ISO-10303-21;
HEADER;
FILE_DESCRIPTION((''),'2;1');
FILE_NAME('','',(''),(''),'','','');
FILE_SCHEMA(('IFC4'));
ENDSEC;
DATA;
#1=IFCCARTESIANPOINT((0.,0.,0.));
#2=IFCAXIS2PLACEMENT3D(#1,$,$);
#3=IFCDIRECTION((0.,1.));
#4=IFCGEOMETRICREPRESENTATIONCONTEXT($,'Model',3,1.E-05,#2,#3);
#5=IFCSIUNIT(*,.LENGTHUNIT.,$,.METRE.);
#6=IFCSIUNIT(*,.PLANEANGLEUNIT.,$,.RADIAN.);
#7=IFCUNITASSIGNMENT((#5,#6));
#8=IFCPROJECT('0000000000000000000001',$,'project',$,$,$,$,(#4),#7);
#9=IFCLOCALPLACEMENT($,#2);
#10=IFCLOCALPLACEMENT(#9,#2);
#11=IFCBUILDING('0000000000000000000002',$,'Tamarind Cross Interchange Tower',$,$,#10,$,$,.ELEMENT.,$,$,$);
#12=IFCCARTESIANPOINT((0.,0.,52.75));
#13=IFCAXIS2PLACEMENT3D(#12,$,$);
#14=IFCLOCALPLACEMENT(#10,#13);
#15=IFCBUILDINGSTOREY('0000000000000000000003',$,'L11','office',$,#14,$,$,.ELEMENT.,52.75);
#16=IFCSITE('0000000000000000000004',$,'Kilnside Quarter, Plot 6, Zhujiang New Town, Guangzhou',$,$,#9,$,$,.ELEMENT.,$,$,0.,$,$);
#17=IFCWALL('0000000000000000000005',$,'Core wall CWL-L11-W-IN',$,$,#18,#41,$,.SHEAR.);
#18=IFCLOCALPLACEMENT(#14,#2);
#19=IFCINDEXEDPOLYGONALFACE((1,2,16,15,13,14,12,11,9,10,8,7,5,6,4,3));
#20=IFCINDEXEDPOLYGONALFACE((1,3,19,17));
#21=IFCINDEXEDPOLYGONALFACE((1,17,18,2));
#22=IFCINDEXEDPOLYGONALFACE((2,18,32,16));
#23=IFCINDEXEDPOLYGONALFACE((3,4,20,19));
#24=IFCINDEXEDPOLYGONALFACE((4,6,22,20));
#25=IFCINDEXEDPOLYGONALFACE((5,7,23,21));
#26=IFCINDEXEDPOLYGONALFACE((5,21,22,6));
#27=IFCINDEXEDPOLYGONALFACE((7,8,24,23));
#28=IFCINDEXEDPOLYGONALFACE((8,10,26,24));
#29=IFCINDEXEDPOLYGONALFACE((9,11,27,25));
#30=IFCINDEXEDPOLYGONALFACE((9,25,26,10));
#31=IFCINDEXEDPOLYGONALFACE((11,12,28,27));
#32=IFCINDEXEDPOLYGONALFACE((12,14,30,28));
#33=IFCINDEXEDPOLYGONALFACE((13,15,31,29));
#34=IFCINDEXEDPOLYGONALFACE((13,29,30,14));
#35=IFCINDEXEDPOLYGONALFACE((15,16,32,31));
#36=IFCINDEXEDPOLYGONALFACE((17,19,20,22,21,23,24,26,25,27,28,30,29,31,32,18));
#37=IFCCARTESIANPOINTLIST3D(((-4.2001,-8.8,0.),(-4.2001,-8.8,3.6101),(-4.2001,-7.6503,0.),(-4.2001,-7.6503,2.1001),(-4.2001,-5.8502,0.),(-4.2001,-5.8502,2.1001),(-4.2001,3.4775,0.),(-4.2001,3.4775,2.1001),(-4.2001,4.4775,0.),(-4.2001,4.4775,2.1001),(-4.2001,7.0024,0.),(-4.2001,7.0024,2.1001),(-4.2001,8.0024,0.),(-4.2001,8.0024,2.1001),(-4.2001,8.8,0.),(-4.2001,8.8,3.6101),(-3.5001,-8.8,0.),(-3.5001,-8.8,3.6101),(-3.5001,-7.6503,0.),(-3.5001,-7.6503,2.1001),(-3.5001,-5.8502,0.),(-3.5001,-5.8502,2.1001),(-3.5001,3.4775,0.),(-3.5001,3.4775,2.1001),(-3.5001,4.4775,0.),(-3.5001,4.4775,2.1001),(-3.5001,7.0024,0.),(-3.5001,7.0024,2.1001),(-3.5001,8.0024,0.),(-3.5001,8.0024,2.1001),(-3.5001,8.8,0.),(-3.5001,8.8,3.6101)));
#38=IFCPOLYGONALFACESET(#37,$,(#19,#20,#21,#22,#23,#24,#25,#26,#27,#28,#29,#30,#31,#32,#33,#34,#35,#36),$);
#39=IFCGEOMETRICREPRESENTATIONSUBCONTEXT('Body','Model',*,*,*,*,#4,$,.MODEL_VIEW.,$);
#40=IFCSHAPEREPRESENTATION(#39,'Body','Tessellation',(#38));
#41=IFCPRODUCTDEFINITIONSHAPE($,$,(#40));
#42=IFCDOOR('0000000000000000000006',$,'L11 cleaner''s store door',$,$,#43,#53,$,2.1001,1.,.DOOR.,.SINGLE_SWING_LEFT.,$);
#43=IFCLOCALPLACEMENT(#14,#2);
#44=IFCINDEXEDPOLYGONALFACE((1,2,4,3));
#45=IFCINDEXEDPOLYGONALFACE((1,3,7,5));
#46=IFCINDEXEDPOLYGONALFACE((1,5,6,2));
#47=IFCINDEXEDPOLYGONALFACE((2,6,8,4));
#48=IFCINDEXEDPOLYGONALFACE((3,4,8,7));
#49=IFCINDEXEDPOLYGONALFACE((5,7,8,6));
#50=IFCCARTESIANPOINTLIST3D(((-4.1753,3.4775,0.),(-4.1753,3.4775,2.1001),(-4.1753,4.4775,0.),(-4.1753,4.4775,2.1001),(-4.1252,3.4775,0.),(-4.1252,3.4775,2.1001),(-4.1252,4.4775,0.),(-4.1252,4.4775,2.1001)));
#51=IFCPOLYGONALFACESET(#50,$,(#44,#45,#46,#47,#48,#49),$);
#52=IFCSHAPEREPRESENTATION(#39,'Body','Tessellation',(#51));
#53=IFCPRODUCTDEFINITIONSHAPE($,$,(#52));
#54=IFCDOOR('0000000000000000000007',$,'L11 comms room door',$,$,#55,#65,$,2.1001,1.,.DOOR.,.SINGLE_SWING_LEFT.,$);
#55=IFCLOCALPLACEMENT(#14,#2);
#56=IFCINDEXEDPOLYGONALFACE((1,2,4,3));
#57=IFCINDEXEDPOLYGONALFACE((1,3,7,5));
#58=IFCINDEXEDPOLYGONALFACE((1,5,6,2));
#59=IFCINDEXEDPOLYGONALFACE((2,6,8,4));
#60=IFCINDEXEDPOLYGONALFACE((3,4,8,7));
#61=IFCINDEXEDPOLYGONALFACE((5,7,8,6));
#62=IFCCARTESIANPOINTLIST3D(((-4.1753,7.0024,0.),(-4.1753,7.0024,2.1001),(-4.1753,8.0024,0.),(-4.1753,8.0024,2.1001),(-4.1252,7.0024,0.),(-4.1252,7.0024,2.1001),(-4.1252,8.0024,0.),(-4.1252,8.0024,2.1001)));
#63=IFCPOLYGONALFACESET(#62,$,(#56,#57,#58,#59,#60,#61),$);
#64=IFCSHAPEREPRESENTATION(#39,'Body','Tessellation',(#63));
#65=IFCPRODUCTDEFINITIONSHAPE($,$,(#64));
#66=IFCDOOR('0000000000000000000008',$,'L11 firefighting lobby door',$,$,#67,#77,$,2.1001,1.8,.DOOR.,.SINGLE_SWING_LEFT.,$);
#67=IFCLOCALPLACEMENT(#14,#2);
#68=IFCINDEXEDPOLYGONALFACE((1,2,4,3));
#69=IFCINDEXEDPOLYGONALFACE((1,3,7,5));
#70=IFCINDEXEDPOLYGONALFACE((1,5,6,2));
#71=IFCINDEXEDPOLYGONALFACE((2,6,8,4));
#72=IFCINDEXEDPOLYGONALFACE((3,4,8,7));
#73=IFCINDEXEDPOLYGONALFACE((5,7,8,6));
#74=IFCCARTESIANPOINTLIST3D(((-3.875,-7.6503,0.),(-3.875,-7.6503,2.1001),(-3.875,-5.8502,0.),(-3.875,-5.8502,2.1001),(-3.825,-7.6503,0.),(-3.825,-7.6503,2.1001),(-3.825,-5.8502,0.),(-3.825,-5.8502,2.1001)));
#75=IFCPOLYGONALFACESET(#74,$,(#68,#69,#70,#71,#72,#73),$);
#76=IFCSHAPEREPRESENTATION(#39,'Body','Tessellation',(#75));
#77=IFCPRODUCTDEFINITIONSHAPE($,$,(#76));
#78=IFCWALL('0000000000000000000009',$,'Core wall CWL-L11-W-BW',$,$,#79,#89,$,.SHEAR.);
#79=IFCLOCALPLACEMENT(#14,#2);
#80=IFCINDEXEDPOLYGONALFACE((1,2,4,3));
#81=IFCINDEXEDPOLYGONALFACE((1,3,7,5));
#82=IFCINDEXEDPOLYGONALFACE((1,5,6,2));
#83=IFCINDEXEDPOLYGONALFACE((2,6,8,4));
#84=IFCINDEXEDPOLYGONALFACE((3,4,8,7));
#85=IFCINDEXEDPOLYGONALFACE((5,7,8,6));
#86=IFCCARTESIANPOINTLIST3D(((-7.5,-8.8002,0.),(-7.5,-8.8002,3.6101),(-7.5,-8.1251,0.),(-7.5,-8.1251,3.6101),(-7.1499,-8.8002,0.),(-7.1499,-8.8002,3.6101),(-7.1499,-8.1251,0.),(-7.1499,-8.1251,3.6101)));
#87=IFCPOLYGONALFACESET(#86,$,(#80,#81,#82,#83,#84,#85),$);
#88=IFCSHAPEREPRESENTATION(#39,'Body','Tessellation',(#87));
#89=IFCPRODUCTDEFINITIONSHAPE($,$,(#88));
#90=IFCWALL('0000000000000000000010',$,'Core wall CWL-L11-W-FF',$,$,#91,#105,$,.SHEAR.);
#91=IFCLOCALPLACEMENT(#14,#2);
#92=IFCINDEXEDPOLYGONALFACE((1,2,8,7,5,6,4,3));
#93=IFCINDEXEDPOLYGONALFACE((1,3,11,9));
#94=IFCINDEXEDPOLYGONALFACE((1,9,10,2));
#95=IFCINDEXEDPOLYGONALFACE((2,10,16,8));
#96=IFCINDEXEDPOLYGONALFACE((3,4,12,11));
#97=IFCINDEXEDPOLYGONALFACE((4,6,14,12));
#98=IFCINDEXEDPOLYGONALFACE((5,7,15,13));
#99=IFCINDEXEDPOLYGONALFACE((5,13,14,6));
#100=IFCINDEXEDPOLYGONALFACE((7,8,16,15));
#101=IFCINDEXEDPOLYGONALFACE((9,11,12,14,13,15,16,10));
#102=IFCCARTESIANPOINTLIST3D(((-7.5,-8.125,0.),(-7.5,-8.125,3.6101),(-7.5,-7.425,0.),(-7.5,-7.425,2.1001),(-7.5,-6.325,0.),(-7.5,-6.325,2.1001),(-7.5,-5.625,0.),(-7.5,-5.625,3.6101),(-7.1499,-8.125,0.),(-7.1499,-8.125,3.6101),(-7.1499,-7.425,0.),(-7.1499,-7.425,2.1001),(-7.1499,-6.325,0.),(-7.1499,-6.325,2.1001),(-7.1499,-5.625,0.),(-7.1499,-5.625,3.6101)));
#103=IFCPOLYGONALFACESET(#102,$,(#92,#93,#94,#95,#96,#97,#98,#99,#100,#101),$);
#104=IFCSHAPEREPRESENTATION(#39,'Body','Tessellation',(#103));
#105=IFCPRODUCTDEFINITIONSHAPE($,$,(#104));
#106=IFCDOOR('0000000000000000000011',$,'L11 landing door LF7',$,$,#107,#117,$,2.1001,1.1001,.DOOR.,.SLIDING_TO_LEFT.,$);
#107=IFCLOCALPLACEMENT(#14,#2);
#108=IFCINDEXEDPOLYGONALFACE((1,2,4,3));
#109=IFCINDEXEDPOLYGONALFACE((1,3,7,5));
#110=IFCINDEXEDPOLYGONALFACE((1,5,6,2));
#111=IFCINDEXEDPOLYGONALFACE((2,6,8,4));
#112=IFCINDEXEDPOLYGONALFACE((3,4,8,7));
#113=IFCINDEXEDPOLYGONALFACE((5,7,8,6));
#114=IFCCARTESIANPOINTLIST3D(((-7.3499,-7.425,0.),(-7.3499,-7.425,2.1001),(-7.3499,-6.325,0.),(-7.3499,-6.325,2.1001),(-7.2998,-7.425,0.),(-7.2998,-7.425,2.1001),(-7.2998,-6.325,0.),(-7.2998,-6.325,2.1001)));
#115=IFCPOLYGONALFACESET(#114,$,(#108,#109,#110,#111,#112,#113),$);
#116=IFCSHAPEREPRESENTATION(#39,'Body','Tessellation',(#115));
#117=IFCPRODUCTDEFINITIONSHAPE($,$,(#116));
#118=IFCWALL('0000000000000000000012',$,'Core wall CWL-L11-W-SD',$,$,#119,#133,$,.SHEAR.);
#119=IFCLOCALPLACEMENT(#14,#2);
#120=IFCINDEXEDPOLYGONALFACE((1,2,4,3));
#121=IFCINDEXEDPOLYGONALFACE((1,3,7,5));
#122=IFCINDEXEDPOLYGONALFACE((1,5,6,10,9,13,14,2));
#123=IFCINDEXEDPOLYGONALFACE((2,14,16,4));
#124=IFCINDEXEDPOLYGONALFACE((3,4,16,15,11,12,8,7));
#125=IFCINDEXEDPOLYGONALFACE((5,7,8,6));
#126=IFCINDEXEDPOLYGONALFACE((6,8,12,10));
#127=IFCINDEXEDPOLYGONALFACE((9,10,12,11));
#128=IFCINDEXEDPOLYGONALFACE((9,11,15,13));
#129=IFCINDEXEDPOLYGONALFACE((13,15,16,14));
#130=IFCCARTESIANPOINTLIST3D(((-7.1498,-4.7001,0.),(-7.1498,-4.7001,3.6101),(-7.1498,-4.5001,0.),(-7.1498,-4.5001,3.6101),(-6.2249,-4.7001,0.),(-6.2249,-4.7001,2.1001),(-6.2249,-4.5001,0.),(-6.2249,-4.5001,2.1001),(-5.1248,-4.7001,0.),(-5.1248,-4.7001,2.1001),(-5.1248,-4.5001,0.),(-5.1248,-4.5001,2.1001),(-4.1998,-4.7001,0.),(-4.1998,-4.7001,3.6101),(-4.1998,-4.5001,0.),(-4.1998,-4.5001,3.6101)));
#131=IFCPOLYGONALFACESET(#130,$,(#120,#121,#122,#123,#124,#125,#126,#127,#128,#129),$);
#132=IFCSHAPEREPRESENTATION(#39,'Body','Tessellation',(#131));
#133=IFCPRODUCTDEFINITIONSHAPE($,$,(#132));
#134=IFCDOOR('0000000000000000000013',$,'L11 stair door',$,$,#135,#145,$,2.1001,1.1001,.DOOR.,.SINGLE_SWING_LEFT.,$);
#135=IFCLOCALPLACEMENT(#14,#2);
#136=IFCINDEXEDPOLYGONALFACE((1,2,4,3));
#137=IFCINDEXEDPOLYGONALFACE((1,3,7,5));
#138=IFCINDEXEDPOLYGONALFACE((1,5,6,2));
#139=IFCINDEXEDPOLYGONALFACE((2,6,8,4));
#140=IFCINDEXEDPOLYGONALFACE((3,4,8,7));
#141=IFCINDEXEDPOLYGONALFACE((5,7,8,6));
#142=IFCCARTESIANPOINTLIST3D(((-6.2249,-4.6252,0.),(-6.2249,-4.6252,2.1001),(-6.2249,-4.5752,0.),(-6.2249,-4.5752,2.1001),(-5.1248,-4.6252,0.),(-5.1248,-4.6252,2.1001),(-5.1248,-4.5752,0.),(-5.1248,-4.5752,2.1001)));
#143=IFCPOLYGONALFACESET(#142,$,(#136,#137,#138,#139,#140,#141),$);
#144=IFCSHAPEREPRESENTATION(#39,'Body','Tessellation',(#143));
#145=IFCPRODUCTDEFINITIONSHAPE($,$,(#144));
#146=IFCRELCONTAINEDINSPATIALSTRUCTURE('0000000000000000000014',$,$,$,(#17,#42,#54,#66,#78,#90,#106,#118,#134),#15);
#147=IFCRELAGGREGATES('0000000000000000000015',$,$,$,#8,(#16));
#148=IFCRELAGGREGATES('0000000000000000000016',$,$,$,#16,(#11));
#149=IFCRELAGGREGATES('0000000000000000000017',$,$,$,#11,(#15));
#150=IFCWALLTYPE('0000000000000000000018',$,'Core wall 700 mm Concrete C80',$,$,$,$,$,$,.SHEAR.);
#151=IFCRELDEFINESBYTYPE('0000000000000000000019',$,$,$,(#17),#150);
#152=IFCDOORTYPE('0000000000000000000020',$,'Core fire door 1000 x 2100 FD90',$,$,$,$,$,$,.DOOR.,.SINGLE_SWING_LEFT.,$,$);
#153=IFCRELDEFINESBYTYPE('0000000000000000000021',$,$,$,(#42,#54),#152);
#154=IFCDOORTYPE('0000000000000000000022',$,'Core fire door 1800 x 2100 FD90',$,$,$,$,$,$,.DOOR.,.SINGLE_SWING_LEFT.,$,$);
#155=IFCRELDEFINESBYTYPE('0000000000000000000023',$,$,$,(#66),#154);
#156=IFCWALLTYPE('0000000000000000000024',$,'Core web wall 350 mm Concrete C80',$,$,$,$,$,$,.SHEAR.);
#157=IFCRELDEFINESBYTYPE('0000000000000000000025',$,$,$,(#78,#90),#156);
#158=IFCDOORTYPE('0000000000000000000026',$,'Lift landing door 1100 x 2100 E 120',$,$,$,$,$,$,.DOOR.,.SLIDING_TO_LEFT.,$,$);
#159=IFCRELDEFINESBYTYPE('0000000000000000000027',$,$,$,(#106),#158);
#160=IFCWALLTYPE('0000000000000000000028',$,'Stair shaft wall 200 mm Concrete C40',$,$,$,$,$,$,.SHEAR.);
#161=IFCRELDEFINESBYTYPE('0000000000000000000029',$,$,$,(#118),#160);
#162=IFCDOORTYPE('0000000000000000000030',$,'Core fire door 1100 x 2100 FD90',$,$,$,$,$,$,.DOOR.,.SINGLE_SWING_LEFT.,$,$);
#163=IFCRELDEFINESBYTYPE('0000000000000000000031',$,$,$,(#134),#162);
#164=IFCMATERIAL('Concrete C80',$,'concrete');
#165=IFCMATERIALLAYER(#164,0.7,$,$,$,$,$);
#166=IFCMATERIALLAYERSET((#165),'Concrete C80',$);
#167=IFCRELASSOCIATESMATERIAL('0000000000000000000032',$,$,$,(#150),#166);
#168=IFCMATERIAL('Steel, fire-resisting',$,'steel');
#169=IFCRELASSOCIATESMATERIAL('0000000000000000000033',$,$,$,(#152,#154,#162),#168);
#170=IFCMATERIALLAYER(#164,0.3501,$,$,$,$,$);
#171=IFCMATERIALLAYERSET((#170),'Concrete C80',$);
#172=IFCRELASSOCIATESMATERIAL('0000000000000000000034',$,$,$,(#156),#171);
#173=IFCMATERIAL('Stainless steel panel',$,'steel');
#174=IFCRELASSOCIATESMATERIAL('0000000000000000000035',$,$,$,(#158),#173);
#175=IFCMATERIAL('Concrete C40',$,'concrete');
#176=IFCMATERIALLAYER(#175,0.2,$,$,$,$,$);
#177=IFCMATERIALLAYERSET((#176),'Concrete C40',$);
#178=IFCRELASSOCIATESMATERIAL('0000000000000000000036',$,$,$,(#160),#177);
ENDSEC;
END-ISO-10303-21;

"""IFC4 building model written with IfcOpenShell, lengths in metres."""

from ifc_helpers import new_model, si_unit, direction, frame, frame_2d, origin, place, context, subcontext, project, spatial, rectangle, extrude, material, layer, layer_set, type_object, element, fill, save


model = new_model("IFC4")

# Units and contexts
model_context = context("Model", 3, precision=1e-05, world=origin(), true_north=direction((0.0, 1.0)))
body_context = subcontext(model_context, "Body", "Model", "MODEL_VIEW")
ifc_project = project(units=[si_unit("LENGTHUNIT", "METRE"), si_unit("PLANEANGLEUNIT", "RADIAN")], contexts=[model_context])

# Site, building, storey
site_placement = place(None, origin())
site = spatial("IfcSite", under=ifc_project, at=site_placement, Name="Kilnside Quarter, Plot 6, Zhujiang New Town, Guangzhou", CompositionType="ELEMENT", RefElevation=0.0)
building_placement = place(site_placement, origin())
building = spatial("IfcBuilding", under=site, at=building_placement, Name="Tamarind Cross Interchange Tower", CompositionType="ELEMENT")
storey_placement = place(building_placement, frame((0.0, 0.0, 52.75)))
storey = spatial("IfcBuildingStorey", under=building, at=storey_placement, Name="L11", Description="office", CompositionType="ELEMENT", Elevation=52.75)

# Wall, openings, doors
ifc_material_1 = material(Name="Concrete C80", Category="concrete")
ifc_layer_1 = layer(ifc_material_1, 0.7)
ifc_layer_set_1 = layer_set([ifc_layer_1], Name="Concrete C80")
wall_type_1 = type_object("IfcWallType", Name="Core wall 700 mm Concrete C80", PredefinedType="SHEAR", material=ifc_layer_set_1)
wall_1_placement = place(storey_placement, frame((-3.8501, -8.8, 0.0), z_axis=(0.0, 0.0, 1.0), x_axis=(0.0, 1.0, 0.0)))
wall_1 = element("IfcWall", 1, at=wall_1_placement, inside=storey, type_object=wall_type_1, Name="Core wall CWL-L11-W-IN", PredefinedType="SHEAR", context=body_context, shape_type="SweptSolid", body=[
    extrude(rectangle(XDim=17.6001, YDim=0.7, at=frame_2d((8.8, 0.0))), origin(), (0.0, 0.0, 1.0), 3.6101),
])
opening_1_placement = place(wall_1_placement, frame((1.1499, 0.0, 0.0)))
opening_1 = element("IfcOpeningElement", 2, at=opening_1_placement, cuts=wall_1, PredefinedType="OPENING", context=body_context, shape_type="SweptSolid", body=[
    extrude(rectangle(XDim=1.8, YDim=2.1001, at=frame_2d((0.8999, 1.05))), frame((0.0, 0.3599, 0.0), z_axis=(0.0, -1.0, 0.0), x_axis=(1.0, 0.0, 0.0)), (0.0, 0.0, 1.0), 0.72),
])
opening_2_placement = place(wall_1_placement, frame((12.2776, 0.0, 0.0)))
opening_2 = element("IfcOpeningElement", 3, at=opening_2_placement, cuts=wall_1, PredefinedType="OPENING", context=body_context, shape_type="SweptSolid", body=[
    extrude(rectangle(XDim=1.0, YDim=2.1001, at=frame_2d((0.5, 1.05))), frame((0.0, 0.3599, 0.0), z_axis=(0.0, -1.0, 0.0), x_axis=(1.0, 0.0, 0.0)), (0.0, 0.0, 1.0), 0.72),
])
opening_3_placement = place(wall_1_placement, frame((15.8025, 0.0, 0.0)))
opening_3 = element("IfcOpeningElement", 4, at=opening_3_placement, cuts=wall_1, PredefinedType="OPENING", context=body_context, shape_type="SweptSolid", body=[
    extrude(rectangle(XDim=1.0, YDim=2.1001, at=frame_2d((0.5, 1.05))), frame((0.0, 0.3599, 0.0), z_axis=(0.0, -1.0, 0.0), x_axis=(1.0, 0.0, 0.0)), (0.0, 0.0, 1.0), 0.72),
])
ifc_material_2 = material(Name="Steel, fire-resisting", Category="steel")
door_type_1 = type_object("IfcDoorType", Name="Core fire door 1000 x 2100 FD90", OperationType="SINGLE_SWING_LEFT", PredefinedType="DOOR", material=ifc_material_2)
door_1_placement = place(opening_2_placement, origin())
door_1 = element("IfcDoor", 5, at=door_1_placement, inside=storey, type_object=door_type_1, Name="L11 cleaner's store door", OperationType="SINGLE_SWING_LEFT", OverallHeight=2.1001, OverallWidth=1.0, PredefinedType="DOOR", context=body_context, shape_type="SweptSolid", body=[
    extrude(rectangle(XDim=1.0, YDim=2.1001, at=frame_2d((0.5, 1.05))), frame((0.0, 0.3252, 0.0), z_axis=(0.0, -1.0, 0.0), x_axis=(1.0, 0.0, 0.0)), (0.0, 0.0, 1.0), 0.05),
])
fill(opening_2, door_1)
door_2_placement = place(opening_3_placement, origin())
door_2 = element("IfcDoor", 6, at=door_2_placement, inside=storey, type_object=door_type_1, Name="L11 comms room door", OperationType="SINGLE_SWING_LEFT", OverallHeight=2.1001, OverallWidth=1.0, PredefinedType="DOOR", context=body_context, shape_type="SweptSolid", body=[
    extrude(rectangle(XDim=1.0, YDim=2.1001, at=frame_2d((0.5, 1.05))), frame((0.0, 0.3252, 0.0), z_axis=(0.0, -1.0, 0.0), x_axis=(1.0, 0.0, 0.0)), (0.0, 0.0, 1.0), 0.05),
])
fill(opening_3, door_2)
door_type_2 = type_object("IfcDoorType", Name="Core fire door 1800 x 2100 FD90", OperationType="SINGLE_SWING_LEFT", PredefinedType="DOOR", material=ifc_material_2)
door_3_placement = place(opening_1_placement, origin())
door_3 = element("IfcDoor", 7, at=door_3_placement, inside=storey, type_object=door_type_2, Name="L11 firefighting lobby door", OperationType="SINGLE_SWING_LEFT", OverallHeight=2.1001, OverallWidth=1.8, PredefinedType="DOOR", context=body_context, shape_type="SweptSolid", body=[
    extrude(rectangle(XDim=1.8, YDim=2.1001, at=frame_2d((0.8999, 1.05))), frame((0.0, 0.0249, 0.0), z_axis=(0.0, -1.0, 0.0), x_axis=(1.0, 0.0, 0.0)), (0.0, 0.0, 1.0), 0.05),
])
fill(opening_1, door_3)

# Wall
ifc_layer_2 = layer(ifc_material_1, 0.3501)
ifc_layer_set_2 = layer_set([ifc_layer_2], Name="Concrete C80")
wall_type_2 = type_object("IfcWallType", Name="Core web wall 350 mm Concrete C80", PredefinedType="SHEAR", material=ifc_layer_set_2)
wall_2_placement = place(storey_placement, frame((-7.325, -8.8, 0.0), z_axis=(0.0, 0.0, 1.0), x_axis=(0.0, 1.0, 0.0)))
element("IfcWall", 8, at=wall_2_placement, inside=storey, type_object=wall_type_2, Name="Core wall CWL-L11-W-BW", PredefinedType="SHEAR", context=body_context, shape_type="SweptSolid", body=[
    extrude(rectangle(XDim=0.675, YDim=0.3501, at=frame_2d((0.3374, 0.0))), origin(), (0.0, 0.0, 1.0), 3.6101),
])

# Walls, openings, doors
wall_3_placement = place(storey_placement, frame((-7.325, -8.125, 0.0), z_axis=(0.0, 0.0, 1.0), x_axis=(0.0, 1.0, 0.0)))
wall_3 = element("IfcWall", 9, at=wall_3_placement, inside=storey, type_object=wall_type_2, Name="Core wall CWL-L11-W-FF", PredefinedType="SHEAR", context=body_context, shape_type="SweptSolid", body=[
    extrude(rectangle(XDim=2.5, YDim=0.3501, at=frame_2d((1.25, 0.0))), origin(), (0.0, 0.0, 1.0), 3.6101),
])
opening_4_placement = place(wall_3_placement, frame((0.7, 0.0, 0.0)))
opening_4 = element("IfcOpeningElement", 10, at=opening_4_placement, cuts=wall_3, PredefinedType="OPENING", context=body_context, shape_type="SweptSolid", body=[
    extrude(rectangle(XDim=1.1001, YDim=2.1001, at=frame_2d((0.55, 1.05))), frame((0.0, 0.1851, 0.0), z_axis=(0.0, -1.0, 0.0), x_axis=(1.0, 0.0, 0.0)), (0.0, 0.0, 1.0), 0.3701),
])
ifc_material_3 = material(Name="Stainless steel panel", Category="steel")
door_type_3 = type_object("IfcDoorType", Name="Lift landing door 1100 x 2100 E 120", OperationType="SLIDING_TO_LEFT", PredefinedType="DOOR", material=ifc_material_3)
door_4_placement = place(opening_4_placement, origin())
door_4 = element("IfcDoor", 11, at=door_4_placement, inside=storey, type_object=door_type_3, Name="L11 landing door LF7", OperationType="SLIDING_TO_LEFT", OverallHeight=2.1001, OverallWidth=1.1001, PredefinedType="DOOR", context=body_context, shape_type="SweptSolid", body=[
    extrude(rectangle(XDim=1.1001, YDim=2.1001, at=frame_2d((0.55, 1.05))), frame((0.0, 0.0249, 0.0), z_axis=(0.0, -1.0, 0.0), x_axis=(1.0, 0.0, 0.0)), (0.0, 0.0, 1.0), 0.05),
])
fill(opening_4, door_4)
ifc_material_4 = material(Name="Concrete C40", Category="concrete")
ifc_layer_3 = layer(ifc_material_4, 0.2)
ifc_layer_set_3 = layer_set([ifc_layer_3], Name="Concrete C40")
wall_type_3 = type_object("IfcWallType", Name="Stair shaft wall 200 mm Concrete C40", PredefinedType="SHEAR", material=ifc_layer_set_3)
wall_4_placement = place(storey_placement, frame((-7.1499, -4.6001, 0.0), z_axis=(0.0, 0.0, 1.0), x_axis=(1.0, 0.0, 0.0)))
wall_4 = element("IfcWall", 12, at=wall_4_placement, inside=storey, type_object=wall_type_3, Name="Core wall CWL-L11-W-SD", PredefinedType="SHEAR", context=body_context, shape_type="SweptSolid", body=[
    extrude(rectangle(XDim=2.95, YDim=0.2, at=frame_2d((1.4751, 0.0))), origin(), (0.0, 0.0, 1.0), 3.6101),
])
opening_5_placement = place(wall_4_placement, frame((0.925, 0.0, 0.0)))
opening_5 = element("IfcOpeningElement", 13, at=opening_5_placement, cuts=wall_4, PredefinedType="OPENING", context=body_context, shape_type="SweptSolid", body=[
    extrude(rectangle(XDim=1.1001, YDim=2.1001, at=frame_2d((0.55, 1.05))), frame((0.0, 0.1099, 0.0), z_axis=(0.0, -1.0, 0.0), x_axis=(1.0, 0.0, 0.0)), (0.0, 0.0, 1.0), 0.22),
])
door_type_4 = type_object("IfcDoorType", Name="Core fire door 1100 x 2100 FD90", OperationType="SINGLE_SWING_LEFT", PredefinedType="DOOR", material=ifc_material_2)
door_5_placement = place(opening_5_placement, origin())
door_5 = element("IfcDoor", 14, at=door_5_placement, inside=storey, type_object=door_type_4, Name="L11 stair door", OperationType="SINGLE_SWING_LEFT", OverallHeight=2.1001, OverallWidth=1.1001, PredefinedType="DOOR", context=body_context, shape_type="SweptSolid", body=[
    extrude(rectangle(XDim=1.1001, YDim=2.1001, at=frame_2d((0.55, 1.05))), frame((0.0, 0.0249, 0.0), z_axis=(0.0, -1.0, 0.0), x_axis=(1.0, 0.0, 0.0)), (0.0, 0.0, 1.0), 0.05),
])
fill(opening_5, door_5)

save(model, "model.ifc")
